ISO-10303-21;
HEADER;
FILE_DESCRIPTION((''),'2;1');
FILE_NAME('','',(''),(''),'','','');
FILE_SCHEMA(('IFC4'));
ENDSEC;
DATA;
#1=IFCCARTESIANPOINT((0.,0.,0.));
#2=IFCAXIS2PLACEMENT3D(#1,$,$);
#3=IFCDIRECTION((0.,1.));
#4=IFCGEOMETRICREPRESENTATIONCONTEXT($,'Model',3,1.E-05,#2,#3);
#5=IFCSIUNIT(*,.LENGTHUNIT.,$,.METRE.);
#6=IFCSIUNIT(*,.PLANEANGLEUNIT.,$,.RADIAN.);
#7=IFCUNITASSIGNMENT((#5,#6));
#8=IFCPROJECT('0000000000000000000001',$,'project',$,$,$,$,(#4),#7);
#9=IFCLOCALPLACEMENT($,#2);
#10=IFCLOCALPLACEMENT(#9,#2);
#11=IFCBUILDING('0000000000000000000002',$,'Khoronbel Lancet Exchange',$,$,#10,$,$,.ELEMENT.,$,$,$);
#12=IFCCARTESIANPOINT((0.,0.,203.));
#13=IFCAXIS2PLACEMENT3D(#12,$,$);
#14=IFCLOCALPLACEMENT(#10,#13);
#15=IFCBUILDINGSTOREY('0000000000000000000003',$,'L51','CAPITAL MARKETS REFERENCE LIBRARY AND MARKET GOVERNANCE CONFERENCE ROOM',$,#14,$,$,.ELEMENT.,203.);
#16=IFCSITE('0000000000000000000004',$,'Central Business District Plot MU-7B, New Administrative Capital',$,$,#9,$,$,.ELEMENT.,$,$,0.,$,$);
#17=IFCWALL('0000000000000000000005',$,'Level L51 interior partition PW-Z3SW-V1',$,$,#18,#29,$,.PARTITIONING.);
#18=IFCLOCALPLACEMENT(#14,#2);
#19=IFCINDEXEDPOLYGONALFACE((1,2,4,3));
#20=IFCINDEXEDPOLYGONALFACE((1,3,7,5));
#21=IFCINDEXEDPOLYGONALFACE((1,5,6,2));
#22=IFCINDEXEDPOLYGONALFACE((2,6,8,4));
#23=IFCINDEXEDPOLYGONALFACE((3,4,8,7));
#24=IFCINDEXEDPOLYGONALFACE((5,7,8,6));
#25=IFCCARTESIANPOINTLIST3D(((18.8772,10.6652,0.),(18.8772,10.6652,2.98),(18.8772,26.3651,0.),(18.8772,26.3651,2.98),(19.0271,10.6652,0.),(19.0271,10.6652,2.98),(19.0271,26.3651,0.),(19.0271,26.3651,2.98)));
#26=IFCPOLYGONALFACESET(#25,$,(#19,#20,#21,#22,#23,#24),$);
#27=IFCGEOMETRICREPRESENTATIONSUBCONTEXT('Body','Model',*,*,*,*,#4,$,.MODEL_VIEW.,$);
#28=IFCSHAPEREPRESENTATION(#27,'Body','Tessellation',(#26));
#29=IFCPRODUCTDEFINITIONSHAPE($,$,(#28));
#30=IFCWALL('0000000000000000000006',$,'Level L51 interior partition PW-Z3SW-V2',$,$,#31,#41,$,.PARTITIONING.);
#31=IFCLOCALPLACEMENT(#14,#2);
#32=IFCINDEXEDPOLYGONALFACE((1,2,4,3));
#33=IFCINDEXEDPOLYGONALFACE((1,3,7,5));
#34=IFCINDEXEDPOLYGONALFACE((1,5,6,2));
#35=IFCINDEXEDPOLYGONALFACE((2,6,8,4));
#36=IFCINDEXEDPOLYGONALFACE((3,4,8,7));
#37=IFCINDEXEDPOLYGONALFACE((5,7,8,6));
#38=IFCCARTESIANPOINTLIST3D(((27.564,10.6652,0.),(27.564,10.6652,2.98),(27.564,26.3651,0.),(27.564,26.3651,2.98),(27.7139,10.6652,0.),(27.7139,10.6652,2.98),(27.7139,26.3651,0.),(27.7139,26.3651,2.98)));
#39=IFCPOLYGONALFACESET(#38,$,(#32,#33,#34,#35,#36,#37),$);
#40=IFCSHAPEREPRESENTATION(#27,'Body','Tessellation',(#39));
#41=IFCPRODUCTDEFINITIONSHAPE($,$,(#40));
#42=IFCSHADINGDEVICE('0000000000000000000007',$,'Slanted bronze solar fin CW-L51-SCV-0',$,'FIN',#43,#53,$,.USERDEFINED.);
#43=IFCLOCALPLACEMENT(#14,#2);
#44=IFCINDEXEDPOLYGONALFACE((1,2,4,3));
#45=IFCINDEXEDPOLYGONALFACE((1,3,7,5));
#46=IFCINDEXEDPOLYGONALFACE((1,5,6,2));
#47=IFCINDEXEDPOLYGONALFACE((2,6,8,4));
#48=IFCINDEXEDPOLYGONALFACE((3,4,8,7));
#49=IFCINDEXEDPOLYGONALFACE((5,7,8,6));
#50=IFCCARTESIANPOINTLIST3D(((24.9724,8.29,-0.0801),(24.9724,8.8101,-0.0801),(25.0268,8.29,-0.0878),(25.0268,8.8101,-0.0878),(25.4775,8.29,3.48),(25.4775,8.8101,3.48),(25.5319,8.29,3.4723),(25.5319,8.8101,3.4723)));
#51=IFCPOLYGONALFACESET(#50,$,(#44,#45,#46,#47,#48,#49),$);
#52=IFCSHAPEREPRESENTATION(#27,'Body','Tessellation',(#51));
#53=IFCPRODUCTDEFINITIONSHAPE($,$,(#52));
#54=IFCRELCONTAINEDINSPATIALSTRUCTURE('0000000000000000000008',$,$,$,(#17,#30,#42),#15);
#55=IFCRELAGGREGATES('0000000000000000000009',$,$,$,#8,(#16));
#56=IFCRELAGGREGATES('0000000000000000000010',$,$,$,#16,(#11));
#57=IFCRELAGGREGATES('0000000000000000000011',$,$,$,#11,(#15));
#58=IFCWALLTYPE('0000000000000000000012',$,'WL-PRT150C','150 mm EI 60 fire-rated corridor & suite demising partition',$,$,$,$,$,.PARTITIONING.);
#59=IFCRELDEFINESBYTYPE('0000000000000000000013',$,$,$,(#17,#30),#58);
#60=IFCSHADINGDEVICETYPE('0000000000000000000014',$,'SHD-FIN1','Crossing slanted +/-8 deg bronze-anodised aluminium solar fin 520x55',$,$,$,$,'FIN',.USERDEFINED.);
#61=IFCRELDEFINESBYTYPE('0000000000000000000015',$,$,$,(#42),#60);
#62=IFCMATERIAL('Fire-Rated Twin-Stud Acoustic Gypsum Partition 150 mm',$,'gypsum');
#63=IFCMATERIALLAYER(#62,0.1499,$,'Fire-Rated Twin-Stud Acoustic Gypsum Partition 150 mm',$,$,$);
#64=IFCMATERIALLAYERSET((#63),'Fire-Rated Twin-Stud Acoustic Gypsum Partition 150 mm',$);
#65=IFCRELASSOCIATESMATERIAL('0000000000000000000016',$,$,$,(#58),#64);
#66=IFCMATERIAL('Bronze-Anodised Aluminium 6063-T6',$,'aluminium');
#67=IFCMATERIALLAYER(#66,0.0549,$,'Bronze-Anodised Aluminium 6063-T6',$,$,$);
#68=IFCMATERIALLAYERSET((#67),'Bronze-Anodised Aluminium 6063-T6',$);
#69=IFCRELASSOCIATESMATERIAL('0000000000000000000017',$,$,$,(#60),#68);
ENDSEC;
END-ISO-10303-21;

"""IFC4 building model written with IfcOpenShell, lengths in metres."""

from ifc_helpers import new_model, si_unit, direction, frame, frame_2d, origin, place, context, subcontext, project, spatial, polyline, rectangle, outline, extrude, material, layer, layer_set, type_object, element, save


model = new_model("IFC4")

# Units and contexts
model_context = context("Model", 3, precision=1e-05, world=origin(), true_north=direction((0.0, 1.0)))
body_context = subcontext(model_context, "Body", "Model", "MODEL_VIEW")
ifc_project = project(units=[si_unit("LENGTHUNIT", "METRE"), si_unit("PLANEANGLEUNIT", "RADIAN")], contexts=[model_context])

# Site, building, storey
site_placement = place(None, origin())
site = spatial("IfcSite", under=ifc_project, at=site_placement, Name="Central Business District Plot MU-7B, New Administrative Capital", CompositionType="ELEMENT", RefElevation=0.0)
building_placement = place(site_placement, origin())
building = spatial("IfcBuilding", under=site, at=building_placement, Name="Khoronbel Lancet Exchange", CompositionType="ELEMENT")
storey_placement = place(building_placement, frame((0.0, 0.0, 203.0)))
storey = spatial("IfcBuildingStorey", under=building, at=storey_placement, Name="L51", Description="CAPITAL MARKETS REFERENCE LIBRARY AND MARKET GOVERNANCE CONFERENCE ROOM", CompositionType="ELEMENT", Elevation=203.0)

# Shared definitions
ifc_material_1 = material(Name="Bronze-Anodised Aluminium 6063-T6", Category="aluminium")

# Walls
ifc_material_2 = material(Name="Fire-Rated Twin-Stud Acoustic Gypsum Partition 150 mm", Category="gypsum")
ifc_layer_1 = layer(ifc_material_2, 0.1499, Name="Fire-Rated Twin-Stud Acoustic Gypsum Partition 150 mm")
ifc_layer_set_1 = layer_set([ifc_layer_1], Name="Fire-Rated Twin-Stud Acoustic Gypsum Partition 150 mm")
wall_type = type_object("IfcWallType", Name="WL-PRT150C", Description="150 mm EI 60 fire-rated corridor & suite demising partition", PredefinedType="PARTITIONING", material=ifc_layer_set_1)
for number, where, z_axis, x_axis, name in (
    (1, (18.9521, 10.665, 0.0), (0.0, 0.0, 1.0), (0.0, 1.0, 0.0), "Level L51 interior partition PW-Z3SW-V1"),
    (2, (27.6389, 10.665, 0.0), (0.0, 0.0, 1.0), (0.0, 1.0, 0.0), "Level L51 interior partition PW-Z3SW-V2"),
):
    element("IfcWall", number, at=place(storey_placement, frame(where, z_axis=z_axis, x_axis=x_axis)), inside=storey, type_object=wall_type, Name=name, PredefinedType="PARTITIONING", context=body_context, shape_type="SweptSolid", body=[
        extrude(rectangle(XDim=15.7, YDim=0.1499, at=frame_2d((7.8501, 0.0))), origin(), (0.0, 0.0, 1.0), 2.98),
    ])

# Shading device
ifc_layer_2 = layer(ifc_material_1, 0.0549, Name="Bronze-Anodised Aluminium 6063-T6")
ifc_layer_set_2 = layer_set([ifc_layer_2], Name="Bronze-Anodised Aluminium 6063-T6")
shading_device_type = type_object("IfcShadingDeviceType", Name="SHD-FIN1", Description="Crossing slanted +/-8 deg bronze-anodised aluminium solar fin 520x55", ElementType="FIN", PredefinedType="USERDEFINED", material=ifc_layer_set_2)
shading_device_placement = place(storey_placement, frame((24.9724, 8.8101, -0.0801), z_axis=(-0.990083, 0.0, 0.14048), x_axis=(0.0, -1.0, 0.0)))
element("IfcShadingDevice", 3, at=shading_device_placement, inside=storey, type_object=shading_device_type, Name="Slanted bronze solar fin CW-L51-SCV-0", ObjectType="FIN", PredefinedType="USERDEFINED", context=body_context, shape_type="SweptSolid", body=[
    extrude(outline(polyline([(0.0, 0.0), (0.52, 0.0), (0.52, 3.5957), (0.0, 3.5957), (0.0, 0.0)])), origin(), (0.0, 0.0, -1.0), 0.0549),
])

save(model, "model.ifc")
